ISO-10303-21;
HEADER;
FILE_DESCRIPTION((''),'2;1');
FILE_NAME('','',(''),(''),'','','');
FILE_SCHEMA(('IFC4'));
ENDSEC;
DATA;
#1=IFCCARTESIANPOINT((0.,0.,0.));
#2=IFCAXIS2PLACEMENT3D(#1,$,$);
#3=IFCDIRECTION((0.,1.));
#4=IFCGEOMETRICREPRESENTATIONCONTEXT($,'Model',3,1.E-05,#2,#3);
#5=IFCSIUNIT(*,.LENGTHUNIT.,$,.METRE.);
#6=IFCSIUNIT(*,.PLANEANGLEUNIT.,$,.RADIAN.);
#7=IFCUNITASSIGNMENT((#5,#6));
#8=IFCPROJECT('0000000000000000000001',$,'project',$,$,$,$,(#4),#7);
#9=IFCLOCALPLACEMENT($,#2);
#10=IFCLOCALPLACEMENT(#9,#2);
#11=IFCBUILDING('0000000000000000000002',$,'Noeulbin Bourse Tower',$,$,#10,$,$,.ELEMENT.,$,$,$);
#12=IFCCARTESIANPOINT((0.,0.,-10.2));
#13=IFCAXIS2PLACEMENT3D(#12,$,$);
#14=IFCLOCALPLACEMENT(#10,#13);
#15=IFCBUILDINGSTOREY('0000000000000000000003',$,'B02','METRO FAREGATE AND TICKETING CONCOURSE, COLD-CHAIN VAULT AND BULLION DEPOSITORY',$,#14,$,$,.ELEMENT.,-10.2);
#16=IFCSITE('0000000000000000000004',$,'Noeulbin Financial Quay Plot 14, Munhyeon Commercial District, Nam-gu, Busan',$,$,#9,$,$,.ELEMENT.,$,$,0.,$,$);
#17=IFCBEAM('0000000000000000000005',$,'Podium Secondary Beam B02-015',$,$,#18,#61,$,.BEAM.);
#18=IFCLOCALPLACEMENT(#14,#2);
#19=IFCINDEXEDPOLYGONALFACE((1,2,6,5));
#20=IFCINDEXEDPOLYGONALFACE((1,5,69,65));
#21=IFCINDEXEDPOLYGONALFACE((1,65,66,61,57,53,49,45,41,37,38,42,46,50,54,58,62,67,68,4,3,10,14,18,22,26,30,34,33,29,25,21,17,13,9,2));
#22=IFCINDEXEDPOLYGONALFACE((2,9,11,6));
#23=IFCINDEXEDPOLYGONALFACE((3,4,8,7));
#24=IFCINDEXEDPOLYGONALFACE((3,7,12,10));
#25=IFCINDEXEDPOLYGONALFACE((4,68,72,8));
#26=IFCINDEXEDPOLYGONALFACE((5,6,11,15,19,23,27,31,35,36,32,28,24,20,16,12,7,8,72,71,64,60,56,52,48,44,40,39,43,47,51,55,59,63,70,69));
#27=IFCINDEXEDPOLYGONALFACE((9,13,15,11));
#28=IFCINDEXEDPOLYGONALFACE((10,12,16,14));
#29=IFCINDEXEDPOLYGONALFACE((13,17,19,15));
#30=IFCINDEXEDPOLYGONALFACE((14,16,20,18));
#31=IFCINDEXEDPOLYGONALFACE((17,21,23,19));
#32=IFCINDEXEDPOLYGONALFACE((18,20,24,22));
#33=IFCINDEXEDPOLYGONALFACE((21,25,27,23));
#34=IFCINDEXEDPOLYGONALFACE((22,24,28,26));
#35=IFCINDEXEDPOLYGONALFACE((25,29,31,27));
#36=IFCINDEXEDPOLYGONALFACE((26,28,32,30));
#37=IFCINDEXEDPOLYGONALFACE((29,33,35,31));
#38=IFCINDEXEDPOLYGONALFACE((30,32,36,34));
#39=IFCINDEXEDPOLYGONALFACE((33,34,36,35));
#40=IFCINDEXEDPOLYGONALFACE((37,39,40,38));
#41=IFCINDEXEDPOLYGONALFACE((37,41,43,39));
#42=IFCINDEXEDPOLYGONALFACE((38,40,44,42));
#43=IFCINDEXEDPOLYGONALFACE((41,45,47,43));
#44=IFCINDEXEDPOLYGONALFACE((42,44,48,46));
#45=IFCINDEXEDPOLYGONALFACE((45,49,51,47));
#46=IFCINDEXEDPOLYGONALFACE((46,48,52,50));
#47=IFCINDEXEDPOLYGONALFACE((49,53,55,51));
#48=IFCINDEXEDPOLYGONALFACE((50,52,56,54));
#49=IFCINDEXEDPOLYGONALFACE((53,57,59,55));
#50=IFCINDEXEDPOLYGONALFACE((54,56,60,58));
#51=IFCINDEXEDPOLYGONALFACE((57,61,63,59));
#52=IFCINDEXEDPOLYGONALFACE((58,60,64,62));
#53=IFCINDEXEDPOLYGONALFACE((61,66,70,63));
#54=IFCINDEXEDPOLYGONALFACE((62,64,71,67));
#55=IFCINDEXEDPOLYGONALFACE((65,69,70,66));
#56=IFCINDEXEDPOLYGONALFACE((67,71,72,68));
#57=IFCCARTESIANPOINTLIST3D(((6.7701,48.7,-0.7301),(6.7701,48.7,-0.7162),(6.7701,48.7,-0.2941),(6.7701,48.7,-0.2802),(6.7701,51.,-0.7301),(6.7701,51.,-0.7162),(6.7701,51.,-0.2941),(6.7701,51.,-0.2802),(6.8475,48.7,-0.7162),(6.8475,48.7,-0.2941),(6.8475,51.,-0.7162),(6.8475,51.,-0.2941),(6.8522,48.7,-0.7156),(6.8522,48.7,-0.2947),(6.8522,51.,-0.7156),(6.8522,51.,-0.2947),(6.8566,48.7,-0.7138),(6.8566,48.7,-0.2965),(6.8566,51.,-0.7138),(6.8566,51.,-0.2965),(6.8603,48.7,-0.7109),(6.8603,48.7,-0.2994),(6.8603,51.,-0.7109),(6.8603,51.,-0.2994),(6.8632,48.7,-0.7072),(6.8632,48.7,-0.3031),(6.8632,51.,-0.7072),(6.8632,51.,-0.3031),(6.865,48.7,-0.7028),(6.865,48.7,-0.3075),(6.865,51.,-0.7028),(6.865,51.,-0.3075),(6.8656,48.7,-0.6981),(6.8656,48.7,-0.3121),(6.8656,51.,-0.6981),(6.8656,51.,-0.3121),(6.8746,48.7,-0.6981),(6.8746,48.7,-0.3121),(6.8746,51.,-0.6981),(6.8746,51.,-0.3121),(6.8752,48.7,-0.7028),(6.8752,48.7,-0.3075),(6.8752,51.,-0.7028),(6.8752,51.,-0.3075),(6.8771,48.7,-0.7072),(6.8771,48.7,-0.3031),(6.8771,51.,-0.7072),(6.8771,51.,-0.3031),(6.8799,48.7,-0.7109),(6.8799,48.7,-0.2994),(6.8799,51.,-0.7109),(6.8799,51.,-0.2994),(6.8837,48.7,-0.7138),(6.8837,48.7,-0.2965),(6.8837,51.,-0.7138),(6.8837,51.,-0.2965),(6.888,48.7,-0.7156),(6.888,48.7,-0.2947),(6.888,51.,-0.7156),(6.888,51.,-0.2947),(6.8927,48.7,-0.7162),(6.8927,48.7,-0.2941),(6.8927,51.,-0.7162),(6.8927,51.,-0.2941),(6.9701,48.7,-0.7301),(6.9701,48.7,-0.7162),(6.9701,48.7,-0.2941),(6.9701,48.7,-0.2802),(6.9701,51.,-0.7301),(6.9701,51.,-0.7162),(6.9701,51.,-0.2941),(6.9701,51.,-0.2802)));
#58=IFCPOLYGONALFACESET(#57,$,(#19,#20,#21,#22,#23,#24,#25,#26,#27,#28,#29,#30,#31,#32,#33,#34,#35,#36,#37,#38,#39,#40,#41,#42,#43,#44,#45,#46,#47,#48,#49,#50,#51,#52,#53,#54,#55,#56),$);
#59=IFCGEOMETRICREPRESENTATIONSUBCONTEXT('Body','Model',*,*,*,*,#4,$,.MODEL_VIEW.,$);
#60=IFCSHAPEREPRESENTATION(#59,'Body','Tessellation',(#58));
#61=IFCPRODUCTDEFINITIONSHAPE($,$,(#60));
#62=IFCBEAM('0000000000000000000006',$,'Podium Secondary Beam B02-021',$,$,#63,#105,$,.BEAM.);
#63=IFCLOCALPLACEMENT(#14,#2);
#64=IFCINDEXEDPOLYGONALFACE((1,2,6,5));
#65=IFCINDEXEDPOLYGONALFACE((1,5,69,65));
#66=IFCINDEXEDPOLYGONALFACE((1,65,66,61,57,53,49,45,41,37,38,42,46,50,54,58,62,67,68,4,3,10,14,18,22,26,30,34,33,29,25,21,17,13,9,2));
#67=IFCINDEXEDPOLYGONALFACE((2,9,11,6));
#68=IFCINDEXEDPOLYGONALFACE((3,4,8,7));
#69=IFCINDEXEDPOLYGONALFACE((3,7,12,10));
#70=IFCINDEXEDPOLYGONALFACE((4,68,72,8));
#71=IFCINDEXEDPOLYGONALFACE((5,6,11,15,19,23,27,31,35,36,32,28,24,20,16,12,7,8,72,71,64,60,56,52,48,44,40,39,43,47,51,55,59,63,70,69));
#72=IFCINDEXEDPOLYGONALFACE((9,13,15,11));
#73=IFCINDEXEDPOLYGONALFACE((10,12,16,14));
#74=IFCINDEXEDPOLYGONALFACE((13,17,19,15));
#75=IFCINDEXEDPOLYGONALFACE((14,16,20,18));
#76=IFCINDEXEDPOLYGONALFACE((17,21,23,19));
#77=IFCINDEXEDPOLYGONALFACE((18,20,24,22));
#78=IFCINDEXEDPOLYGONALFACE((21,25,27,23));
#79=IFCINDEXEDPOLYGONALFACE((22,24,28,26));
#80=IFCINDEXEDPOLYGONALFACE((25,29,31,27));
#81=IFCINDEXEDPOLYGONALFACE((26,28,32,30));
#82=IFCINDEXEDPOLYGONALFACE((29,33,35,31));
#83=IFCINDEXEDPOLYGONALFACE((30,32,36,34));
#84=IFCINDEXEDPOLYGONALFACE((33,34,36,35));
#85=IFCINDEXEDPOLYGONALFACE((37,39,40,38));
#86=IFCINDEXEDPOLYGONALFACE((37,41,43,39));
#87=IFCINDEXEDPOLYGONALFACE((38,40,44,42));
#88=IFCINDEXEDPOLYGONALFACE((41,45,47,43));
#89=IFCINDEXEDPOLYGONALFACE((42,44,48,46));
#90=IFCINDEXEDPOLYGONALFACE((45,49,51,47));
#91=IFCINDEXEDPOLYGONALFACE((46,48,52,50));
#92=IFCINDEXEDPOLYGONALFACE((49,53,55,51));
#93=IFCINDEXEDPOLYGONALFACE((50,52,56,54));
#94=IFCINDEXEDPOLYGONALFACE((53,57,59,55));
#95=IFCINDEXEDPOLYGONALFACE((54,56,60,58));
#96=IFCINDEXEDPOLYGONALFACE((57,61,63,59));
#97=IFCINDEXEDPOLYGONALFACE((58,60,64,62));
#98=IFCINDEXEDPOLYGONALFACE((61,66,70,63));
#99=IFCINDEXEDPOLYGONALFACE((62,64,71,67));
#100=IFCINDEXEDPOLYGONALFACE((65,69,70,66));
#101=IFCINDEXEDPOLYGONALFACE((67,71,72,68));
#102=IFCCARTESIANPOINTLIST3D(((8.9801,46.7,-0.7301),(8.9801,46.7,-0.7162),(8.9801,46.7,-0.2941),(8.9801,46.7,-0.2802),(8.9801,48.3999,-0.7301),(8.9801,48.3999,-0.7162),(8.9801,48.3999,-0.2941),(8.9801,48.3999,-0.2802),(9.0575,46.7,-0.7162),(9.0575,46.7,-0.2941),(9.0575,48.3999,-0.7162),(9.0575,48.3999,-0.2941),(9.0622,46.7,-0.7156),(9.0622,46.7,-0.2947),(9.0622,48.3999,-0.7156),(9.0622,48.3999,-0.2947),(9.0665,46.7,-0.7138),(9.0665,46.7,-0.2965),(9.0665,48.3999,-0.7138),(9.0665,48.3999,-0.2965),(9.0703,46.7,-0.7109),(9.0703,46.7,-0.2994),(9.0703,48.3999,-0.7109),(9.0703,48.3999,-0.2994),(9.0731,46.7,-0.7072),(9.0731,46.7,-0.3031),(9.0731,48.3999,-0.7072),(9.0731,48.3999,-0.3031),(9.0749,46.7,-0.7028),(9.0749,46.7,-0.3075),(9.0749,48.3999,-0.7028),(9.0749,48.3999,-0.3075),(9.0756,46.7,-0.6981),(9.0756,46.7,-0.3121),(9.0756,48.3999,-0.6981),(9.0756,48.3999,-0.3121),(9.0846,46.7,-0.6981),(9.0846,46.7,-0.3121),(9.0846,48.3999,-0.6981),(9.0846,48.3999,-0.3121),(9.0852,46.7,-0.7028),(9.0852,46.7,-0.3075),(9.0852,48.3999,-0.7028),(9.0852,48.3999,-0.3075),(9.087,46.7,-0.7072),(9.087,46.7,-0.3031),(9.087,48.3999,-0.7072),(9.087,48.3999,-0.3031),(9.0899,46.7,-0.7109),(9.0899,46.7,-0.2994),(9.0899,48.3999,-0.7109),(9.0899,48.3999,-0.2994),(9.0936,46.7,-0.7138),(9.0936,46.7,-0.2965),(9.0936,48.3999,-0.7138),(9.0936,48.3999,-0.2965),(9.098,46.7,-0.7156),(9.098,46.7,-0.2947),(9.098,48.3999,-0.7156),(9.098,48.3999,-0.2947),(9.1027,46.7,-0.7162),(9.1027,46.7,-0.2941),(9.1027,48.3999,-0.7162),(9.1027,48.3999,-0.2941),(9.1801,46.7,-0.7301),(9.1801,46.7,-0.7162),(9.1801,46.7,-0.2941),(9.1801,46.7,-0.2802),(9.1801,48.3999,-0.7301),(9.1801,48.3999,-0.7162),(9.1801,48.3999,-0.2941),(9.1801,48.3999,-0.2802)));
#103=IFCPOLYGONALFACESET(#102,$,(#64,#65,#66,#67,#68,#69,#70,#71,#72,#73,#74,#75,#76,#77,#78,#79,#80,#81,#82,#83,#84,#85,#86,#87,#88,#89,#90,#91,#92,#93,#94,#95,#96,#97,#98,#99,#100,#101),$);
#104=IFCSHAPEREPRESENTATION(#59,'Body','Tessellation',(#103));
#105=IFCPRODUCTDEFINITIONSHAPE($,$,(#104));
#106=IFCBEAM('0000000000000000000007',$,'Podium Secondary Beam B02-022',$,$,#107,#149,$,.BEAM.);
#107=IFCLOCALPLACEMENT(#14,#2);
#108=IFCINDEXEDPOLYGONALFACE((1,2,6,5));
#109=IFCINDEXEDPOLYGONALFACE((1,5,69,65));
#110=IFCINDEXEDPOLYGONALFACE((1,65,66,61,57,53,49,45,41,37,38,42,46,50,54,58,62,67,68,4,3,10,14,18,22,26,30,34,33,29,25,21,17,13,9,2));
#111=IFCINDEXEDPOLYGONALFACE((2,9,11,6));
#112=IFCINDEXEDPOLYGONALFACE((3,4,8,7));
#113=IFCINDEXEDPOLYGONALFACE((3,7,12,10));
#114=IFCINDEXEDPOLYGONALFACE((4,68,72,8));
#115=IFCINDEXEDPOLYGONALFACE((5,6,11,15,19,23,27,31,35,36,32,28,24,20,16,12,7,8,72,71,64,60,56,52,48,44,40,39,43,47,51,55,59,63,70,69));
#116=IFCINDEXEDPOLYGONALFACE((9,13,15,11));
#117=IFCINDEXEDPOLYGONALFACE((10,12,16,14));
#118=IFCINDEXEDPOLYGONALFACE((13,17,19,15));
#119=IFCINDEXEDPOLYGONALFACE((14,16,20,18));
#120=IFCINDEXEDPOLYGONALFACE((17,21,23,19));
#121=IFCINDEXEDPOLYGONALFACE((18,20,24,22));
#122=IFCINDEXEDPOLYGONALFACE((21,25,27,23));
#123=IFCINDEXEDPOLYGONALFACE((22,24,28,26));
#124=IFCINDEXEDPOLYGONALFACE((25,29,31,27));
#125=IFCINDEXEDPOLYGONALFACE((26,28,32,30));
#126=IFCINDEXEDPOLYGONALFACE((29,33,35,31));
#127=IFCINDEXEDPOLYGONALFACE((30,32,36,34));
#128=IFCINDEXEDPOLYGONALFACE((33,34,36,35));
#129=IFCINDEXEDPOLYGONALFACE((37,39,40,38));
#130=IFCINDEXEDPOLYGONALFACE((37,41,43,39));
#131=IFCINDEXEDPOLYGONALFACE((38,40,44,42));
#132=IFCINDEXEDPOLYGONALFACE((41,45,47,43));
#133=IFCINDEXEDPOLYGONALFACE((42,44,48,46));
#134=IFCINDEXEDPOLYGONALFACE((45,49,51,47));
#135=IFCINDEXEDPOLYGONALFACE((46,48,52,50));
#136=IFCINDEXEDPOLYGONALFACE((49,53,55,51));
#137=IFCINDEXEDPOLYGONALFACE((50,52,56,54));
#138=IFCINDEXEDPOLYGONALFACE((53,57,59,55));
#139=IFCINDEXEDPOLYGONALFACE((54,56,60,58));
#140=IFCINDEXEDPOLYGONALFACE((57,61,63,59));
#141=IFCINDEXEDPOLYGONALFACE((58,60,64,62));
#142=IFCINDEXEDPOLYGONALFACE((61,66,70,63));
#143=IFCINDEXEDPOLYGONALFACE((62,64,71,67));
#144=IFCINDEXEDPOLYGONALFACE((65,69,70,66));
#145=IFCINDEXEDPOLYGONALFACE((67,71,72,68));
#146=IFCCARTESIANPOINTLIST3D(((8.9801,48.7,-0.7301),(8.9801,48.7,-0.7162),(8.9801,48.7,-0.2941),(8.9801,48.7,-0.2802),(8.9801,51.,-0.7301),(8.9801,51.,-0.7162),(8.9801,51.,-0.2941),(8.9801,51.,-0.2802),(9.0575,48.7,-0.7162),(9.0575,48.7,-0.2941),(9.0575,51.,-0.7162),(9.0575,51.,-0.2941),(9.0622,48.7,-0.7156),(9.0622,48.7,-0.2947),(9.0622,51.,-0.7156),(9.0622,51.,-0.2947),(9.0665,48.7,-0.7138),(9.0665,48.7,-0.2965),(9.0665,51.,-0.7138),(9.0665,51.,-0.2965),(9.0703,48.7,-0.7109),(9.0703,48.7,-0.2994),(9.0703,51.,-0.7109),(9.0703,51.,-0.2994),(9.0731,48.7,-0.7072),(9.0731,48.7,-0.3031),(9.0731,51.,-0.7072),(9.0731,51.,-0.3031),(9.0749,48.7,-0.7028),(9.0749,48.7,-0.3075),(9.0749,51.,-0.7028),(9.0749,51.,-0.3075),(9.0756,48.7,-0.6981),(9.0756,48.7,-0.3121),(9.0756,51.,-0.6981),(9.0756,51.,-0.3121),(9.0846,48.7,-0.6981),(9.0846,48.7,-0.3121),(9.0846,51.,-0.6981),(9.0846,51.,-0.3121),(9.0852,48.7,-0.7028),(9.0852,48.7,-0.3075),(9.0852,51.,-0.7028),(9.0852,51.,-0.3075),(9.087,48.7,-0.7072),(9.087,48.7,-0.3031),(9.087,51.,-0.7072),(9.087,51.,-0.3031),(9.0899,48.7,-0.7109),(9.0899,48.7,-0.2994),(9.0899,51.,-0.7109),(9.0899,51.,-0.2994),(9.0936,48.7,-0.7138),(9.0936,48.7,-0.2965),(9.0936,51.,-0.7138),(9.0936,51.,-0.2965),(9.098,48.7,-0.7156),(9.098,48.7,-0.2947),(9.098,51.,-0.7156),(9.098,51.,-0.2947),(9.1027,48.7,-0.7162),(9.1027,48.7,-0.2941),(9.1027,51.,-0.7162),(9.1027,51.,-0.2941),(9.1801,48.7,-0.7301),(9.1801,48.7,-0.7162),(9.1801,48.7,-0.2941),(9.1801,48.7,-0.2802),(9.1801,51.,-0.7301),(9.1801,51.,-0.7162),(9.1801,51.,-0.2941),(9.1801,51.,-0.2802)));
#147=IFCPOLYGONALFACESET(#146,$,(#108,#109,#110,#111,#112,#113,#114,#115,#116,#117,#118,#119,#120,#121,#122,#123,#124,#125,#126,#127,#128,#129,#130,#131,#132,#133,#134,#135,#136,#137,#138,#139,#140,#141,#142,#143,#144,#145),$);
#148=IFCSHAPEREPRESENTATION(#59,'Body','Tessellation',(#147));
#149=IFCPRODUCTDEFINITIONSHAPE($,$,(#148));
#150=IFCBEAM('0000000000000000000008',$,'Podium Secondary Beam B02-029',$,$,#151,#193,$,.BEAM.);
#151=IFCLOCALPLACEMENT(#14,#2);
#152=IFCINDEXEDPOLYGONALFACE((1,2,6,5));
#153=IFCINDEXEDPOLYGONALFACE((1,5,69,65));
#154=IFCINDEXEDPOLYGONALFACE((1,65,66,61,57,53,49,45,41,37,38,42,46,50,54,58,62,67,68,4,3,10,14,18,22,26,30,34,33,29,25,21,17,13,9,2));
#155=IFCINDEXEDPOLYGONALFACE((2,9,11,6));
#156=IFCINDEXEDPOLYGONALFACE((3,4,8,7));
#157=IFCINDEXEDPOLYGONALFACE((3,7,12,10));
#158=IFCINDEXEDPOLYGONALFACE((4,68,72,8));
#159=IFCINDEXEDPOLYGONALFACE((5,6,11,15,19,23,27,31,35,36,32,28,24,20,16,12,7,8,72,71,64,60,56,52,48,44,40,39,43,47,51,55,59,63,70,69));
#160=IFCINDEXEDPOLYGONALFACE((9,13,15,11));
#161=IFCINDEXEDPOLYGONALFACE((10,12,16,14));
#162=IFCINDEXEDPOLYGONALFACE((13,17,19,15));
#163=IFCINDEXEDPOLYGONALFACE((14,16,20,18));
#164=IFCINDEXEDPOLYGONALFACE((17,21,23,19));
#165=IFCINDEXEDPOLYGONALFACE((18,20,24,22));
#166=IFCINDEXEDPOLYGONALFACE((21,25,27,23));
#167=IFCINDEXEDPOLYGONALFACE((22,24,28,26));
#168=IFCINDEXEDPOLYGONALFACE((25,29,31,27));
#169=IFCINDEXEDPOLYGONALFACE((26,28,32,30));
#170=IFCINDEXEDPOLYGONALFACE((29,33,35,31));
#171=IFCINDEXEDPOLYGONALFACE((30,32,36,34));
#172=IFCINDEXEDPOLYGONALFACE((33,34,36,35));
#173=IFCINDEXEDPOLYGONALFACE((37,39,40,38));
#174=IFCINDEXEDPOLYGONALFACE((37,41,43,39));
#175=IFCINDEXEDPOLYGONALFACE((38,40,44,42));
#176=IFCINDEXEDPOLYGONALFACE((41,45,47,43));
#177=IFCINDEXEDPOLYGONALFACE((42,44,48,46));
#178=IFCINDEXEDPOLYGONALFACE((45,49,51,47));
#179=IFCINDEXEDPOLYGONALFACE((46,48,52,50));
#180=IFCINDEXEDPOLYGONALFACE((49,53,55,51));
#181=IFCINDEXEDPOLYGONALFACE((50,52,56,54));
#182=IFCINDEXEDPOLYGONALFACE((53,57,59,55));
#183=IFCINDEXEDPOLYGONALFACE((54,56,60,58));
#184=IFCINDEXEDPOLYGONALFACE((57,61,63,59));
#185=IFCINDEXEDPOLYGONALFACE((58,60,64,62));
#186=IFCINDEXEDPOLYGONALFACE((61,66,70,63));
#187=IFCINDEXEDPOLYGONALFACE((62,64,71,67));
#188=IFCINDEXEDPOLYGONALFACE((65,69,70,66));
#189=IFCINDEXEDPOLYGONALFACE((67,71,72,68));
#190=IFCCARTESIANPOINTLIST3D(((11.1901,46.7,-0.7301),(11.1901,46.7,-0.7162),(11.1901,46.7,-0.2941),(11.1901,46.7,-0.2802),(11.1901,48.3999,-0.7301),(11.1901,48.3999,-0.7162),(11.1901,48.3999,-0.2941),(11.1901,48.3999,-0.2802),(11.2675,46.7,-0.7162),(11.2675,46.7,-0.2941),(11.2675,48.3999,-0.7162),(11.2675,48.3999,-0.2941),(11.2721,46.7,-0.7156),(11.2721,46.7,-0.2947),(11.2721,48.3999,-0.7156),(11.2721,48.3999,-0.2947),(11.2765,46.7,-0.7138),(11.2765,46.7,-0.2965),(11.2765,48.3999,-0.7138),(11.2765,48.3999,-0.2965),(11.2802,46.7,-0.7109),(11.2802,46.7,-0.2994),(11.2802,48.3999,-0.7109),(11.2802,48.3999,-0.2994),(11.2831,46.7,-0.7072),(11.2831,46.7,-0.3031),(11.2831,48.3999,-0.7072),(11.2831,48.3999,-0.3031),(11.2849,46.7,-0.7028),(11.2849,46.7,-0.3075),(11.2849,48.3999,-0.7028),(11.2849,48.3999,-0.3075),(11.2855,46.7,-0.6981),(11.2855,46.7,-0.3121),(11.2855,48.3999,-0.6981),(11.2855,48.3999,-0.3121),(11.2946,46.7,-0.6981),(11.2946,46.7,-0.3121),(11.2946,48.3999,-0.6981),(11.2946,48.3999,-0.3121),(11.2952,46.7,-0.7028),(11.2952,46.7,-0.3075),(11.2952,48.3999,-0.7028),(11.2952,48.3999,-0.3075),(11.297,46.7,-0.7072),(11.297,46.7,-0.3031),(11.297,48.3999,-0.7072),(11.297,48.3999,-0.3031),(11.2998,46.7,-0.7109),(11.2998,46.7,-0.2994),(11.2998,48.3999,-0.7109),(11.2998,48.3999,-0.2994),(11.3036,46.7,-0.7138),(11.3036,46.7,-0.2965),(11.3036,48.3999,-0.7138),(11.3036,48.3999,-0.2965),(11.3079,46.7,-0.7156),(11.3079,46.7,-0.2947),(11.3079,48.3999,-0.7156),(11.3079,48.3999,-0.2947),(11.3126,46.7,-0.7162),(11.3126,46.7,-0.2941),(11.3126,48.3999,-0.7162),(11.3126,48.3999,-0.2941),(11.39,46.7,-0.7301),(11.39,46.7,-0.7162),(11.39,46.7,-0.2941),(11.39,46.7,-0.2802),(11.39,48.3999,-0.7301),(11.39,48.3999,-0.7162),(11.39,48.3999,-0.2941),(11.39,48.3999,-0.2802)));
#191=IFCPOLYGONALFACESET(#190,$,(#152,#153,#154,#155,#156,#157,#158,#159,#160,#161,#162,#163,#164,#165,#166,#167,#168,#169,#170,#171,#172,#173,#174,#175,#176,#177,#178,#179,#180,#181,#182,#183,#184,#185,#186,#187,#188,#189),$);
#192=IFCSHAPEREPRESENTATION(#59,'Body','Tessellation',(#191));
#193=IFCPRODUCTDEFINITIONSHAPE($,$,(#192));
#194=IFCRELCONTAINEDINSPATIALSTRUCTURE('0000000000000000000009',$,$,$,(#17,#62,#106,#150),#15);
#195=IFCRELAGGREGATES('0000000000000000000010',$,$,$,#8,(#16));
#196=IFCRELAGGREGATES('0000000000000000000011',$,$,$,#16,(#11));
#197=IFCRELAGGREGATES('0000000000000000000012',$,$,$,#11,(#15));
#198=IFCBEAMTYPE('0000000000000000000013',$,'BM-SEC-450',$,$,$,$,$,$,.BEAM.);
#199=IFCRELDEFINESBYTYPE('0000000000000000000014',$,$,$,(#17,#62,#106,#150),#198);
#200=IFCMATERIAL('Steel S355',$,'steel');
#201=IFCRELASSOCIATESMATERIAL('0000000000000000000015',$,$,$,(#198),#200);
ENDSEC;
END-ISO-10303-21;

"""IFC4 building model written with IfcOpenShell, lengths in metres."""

from ifc_helpers import new_model, si_unit, direction, frame, origin, origin_2d, place, context, subcontext, project, spatial, i_section, extrude, material, material_profile, profile_set, type_object, element, save


model = new_model("IFC4")

# Units and contexts
model_context = context("Model", 3, precision=1e-05, world=origin(), true_north=direction((0.0, 1.0)))
body_context = subcontext(model_context, "Body", "Model", "MODEL_VIEW")
ifc_project = project(units=[si_unit("LENGTHUNIT", "METRE"), si_unit("PLANEANGLEUNIT", "RADIAN")], contexts=[model_context])

# Site, building, storey
site_placement = place(None, origin())
site = spatial("IfcSite", under=ifc_project, at=site_placement, Name="Noeulbin Financial Quay Plot 14, Munhyeon Commercial District, Nam-gu, Busan", CompositionType="ELEMENT", RefElevation=0.0)
building_placement = place(site_placement, origin())
building = spatial("IfcBuilding", under=site, at=building_placement, Name="Noeulbin Bourse Tower", CompositionType="ELEMENT")
storey_placement = place(building_placement, frame((0.0, 0.0, -10.2)))
storey = spatial("IfcBuildingStorey", under=building, at=storey_placement, Name="B02", Description="METRO FAREGATE AND TICKETING CONCOURSE, COLD-CHAIN VAULT AND BULLION DEPOSITORY", CompositionType="ELEMENT", Elevation=-10.2)

# Beams
ifc_material_1 = material(Name="Steel S355", Category="steel")
ifc_material_profile_1 = material_profile(ifc_material_1, i_section(OverallWidth=0.2, OverallDepth=0.45, WebThickness=0.009, FlangeThickness=0.0139, FilletRadius=0.0181, at=origin_2d()), Name="H-450x200x9x14", Category="LoadBearing")
ifc_profile_set_1 = profile_set([ifc_material_profile_1], Name="Steel S355")
beam_type_1 = type_object("IfcBeamType", Name="BM-SEC-450", PredefinedType="BEAM", material=ifc_profile_set_1)
beam_1_placement = place(storey_placement, frame((6.8701, 48.7, -0.5051), z_axis=(0.0, 1.0, 0.0), x_axis=(-1.0, 0.0, 0.0)))
element("IfcBeam", 1, at=beam_1_placement, inside=storey, type_object=beam_type_1, Name="Podium Secondary Beam B02-015", PredefinedType="BEAM", context=body_context, shape_type="SweptSolid", body=[
    extrude(i_section(OverallWidth=0.2, OverallDepth=0.45, WebThickness=0.009, FlangeThickness=0.0139, FilletRadius=0.0181, at=origin_2d()), origin(), (0.0, 0.0, 1.0), 2.3),
])
beam_2_placement = place(storey_placement, frame((9.0801, 46.7, -0.5051), z_axis=(0.0, 1.0, 0.0), x_axis=(-1.0, 0.0, 0.0)))
element("IfcBeam", 2, at=beam_2_placement, inside=storey, type_object=beam_type_1, Name="Podium Secondary Beam B02-021", PredefinedType="BEAM", context=body_context, shape_type="SweptSolid", body=[
    extrude(i_section(OverallWidth=0.2, OverallDepth=0.45, WebThickness=0.009, FlangeThickness=0.0139, FilletRadius=0.0181, at=origin_2d()), origin(), (0.0, 0.0, 1.0), 1.7),
])
beam_3_placement = place(storey_placement, frame((9.0801, 48.7, -0.5051), z_axis=(0.0, 1.0, 0.0), x_axis=(-1.0, 0.0, 0.0)))
element("IfcBeam", 3, at=beam_3_placement, inside=storey, type_object=beam_type_1, Name="Podium Secondary Beam B02-022", PredefinedType="BEAM", context=body_context, shape_type="SweptSolid", body=[
    extrude(i_section(OverallWidth=0.2, OverallDepth=0.45, WebThickness=0.009, FlangeThickness=0.0139, FilletRadius=0.0181, at=origin_2d()), origin(), (0.0, 0.0, 1.0), 2.3),
])
beam_4_placement = place(storey_placement, frame((11.29, 46.7, -0.5051), z_axis=(0.0, 1.0, 0.0), x_axis=(-1.0, 0.0, 0.0)))
element("IfcBeam", 4, at=beam_4_placement, inside=storey, type_object=beam_type_1, Name="Podium Secondary Beam B02-029", PredefinedType="BEAM", context=body_context, shape_type="SweptSolid", body=[
    extrude(i_section(OverallWidth=0.2, OverallDepth=0.45, WebThickness=0.009, FlangeThickness=0.0139, FilletRadius=0.0181, at=origin_2d()), origin(), (0.0, 0.0, 1.0), 1.7),
])

save(model, "model.ifc")
